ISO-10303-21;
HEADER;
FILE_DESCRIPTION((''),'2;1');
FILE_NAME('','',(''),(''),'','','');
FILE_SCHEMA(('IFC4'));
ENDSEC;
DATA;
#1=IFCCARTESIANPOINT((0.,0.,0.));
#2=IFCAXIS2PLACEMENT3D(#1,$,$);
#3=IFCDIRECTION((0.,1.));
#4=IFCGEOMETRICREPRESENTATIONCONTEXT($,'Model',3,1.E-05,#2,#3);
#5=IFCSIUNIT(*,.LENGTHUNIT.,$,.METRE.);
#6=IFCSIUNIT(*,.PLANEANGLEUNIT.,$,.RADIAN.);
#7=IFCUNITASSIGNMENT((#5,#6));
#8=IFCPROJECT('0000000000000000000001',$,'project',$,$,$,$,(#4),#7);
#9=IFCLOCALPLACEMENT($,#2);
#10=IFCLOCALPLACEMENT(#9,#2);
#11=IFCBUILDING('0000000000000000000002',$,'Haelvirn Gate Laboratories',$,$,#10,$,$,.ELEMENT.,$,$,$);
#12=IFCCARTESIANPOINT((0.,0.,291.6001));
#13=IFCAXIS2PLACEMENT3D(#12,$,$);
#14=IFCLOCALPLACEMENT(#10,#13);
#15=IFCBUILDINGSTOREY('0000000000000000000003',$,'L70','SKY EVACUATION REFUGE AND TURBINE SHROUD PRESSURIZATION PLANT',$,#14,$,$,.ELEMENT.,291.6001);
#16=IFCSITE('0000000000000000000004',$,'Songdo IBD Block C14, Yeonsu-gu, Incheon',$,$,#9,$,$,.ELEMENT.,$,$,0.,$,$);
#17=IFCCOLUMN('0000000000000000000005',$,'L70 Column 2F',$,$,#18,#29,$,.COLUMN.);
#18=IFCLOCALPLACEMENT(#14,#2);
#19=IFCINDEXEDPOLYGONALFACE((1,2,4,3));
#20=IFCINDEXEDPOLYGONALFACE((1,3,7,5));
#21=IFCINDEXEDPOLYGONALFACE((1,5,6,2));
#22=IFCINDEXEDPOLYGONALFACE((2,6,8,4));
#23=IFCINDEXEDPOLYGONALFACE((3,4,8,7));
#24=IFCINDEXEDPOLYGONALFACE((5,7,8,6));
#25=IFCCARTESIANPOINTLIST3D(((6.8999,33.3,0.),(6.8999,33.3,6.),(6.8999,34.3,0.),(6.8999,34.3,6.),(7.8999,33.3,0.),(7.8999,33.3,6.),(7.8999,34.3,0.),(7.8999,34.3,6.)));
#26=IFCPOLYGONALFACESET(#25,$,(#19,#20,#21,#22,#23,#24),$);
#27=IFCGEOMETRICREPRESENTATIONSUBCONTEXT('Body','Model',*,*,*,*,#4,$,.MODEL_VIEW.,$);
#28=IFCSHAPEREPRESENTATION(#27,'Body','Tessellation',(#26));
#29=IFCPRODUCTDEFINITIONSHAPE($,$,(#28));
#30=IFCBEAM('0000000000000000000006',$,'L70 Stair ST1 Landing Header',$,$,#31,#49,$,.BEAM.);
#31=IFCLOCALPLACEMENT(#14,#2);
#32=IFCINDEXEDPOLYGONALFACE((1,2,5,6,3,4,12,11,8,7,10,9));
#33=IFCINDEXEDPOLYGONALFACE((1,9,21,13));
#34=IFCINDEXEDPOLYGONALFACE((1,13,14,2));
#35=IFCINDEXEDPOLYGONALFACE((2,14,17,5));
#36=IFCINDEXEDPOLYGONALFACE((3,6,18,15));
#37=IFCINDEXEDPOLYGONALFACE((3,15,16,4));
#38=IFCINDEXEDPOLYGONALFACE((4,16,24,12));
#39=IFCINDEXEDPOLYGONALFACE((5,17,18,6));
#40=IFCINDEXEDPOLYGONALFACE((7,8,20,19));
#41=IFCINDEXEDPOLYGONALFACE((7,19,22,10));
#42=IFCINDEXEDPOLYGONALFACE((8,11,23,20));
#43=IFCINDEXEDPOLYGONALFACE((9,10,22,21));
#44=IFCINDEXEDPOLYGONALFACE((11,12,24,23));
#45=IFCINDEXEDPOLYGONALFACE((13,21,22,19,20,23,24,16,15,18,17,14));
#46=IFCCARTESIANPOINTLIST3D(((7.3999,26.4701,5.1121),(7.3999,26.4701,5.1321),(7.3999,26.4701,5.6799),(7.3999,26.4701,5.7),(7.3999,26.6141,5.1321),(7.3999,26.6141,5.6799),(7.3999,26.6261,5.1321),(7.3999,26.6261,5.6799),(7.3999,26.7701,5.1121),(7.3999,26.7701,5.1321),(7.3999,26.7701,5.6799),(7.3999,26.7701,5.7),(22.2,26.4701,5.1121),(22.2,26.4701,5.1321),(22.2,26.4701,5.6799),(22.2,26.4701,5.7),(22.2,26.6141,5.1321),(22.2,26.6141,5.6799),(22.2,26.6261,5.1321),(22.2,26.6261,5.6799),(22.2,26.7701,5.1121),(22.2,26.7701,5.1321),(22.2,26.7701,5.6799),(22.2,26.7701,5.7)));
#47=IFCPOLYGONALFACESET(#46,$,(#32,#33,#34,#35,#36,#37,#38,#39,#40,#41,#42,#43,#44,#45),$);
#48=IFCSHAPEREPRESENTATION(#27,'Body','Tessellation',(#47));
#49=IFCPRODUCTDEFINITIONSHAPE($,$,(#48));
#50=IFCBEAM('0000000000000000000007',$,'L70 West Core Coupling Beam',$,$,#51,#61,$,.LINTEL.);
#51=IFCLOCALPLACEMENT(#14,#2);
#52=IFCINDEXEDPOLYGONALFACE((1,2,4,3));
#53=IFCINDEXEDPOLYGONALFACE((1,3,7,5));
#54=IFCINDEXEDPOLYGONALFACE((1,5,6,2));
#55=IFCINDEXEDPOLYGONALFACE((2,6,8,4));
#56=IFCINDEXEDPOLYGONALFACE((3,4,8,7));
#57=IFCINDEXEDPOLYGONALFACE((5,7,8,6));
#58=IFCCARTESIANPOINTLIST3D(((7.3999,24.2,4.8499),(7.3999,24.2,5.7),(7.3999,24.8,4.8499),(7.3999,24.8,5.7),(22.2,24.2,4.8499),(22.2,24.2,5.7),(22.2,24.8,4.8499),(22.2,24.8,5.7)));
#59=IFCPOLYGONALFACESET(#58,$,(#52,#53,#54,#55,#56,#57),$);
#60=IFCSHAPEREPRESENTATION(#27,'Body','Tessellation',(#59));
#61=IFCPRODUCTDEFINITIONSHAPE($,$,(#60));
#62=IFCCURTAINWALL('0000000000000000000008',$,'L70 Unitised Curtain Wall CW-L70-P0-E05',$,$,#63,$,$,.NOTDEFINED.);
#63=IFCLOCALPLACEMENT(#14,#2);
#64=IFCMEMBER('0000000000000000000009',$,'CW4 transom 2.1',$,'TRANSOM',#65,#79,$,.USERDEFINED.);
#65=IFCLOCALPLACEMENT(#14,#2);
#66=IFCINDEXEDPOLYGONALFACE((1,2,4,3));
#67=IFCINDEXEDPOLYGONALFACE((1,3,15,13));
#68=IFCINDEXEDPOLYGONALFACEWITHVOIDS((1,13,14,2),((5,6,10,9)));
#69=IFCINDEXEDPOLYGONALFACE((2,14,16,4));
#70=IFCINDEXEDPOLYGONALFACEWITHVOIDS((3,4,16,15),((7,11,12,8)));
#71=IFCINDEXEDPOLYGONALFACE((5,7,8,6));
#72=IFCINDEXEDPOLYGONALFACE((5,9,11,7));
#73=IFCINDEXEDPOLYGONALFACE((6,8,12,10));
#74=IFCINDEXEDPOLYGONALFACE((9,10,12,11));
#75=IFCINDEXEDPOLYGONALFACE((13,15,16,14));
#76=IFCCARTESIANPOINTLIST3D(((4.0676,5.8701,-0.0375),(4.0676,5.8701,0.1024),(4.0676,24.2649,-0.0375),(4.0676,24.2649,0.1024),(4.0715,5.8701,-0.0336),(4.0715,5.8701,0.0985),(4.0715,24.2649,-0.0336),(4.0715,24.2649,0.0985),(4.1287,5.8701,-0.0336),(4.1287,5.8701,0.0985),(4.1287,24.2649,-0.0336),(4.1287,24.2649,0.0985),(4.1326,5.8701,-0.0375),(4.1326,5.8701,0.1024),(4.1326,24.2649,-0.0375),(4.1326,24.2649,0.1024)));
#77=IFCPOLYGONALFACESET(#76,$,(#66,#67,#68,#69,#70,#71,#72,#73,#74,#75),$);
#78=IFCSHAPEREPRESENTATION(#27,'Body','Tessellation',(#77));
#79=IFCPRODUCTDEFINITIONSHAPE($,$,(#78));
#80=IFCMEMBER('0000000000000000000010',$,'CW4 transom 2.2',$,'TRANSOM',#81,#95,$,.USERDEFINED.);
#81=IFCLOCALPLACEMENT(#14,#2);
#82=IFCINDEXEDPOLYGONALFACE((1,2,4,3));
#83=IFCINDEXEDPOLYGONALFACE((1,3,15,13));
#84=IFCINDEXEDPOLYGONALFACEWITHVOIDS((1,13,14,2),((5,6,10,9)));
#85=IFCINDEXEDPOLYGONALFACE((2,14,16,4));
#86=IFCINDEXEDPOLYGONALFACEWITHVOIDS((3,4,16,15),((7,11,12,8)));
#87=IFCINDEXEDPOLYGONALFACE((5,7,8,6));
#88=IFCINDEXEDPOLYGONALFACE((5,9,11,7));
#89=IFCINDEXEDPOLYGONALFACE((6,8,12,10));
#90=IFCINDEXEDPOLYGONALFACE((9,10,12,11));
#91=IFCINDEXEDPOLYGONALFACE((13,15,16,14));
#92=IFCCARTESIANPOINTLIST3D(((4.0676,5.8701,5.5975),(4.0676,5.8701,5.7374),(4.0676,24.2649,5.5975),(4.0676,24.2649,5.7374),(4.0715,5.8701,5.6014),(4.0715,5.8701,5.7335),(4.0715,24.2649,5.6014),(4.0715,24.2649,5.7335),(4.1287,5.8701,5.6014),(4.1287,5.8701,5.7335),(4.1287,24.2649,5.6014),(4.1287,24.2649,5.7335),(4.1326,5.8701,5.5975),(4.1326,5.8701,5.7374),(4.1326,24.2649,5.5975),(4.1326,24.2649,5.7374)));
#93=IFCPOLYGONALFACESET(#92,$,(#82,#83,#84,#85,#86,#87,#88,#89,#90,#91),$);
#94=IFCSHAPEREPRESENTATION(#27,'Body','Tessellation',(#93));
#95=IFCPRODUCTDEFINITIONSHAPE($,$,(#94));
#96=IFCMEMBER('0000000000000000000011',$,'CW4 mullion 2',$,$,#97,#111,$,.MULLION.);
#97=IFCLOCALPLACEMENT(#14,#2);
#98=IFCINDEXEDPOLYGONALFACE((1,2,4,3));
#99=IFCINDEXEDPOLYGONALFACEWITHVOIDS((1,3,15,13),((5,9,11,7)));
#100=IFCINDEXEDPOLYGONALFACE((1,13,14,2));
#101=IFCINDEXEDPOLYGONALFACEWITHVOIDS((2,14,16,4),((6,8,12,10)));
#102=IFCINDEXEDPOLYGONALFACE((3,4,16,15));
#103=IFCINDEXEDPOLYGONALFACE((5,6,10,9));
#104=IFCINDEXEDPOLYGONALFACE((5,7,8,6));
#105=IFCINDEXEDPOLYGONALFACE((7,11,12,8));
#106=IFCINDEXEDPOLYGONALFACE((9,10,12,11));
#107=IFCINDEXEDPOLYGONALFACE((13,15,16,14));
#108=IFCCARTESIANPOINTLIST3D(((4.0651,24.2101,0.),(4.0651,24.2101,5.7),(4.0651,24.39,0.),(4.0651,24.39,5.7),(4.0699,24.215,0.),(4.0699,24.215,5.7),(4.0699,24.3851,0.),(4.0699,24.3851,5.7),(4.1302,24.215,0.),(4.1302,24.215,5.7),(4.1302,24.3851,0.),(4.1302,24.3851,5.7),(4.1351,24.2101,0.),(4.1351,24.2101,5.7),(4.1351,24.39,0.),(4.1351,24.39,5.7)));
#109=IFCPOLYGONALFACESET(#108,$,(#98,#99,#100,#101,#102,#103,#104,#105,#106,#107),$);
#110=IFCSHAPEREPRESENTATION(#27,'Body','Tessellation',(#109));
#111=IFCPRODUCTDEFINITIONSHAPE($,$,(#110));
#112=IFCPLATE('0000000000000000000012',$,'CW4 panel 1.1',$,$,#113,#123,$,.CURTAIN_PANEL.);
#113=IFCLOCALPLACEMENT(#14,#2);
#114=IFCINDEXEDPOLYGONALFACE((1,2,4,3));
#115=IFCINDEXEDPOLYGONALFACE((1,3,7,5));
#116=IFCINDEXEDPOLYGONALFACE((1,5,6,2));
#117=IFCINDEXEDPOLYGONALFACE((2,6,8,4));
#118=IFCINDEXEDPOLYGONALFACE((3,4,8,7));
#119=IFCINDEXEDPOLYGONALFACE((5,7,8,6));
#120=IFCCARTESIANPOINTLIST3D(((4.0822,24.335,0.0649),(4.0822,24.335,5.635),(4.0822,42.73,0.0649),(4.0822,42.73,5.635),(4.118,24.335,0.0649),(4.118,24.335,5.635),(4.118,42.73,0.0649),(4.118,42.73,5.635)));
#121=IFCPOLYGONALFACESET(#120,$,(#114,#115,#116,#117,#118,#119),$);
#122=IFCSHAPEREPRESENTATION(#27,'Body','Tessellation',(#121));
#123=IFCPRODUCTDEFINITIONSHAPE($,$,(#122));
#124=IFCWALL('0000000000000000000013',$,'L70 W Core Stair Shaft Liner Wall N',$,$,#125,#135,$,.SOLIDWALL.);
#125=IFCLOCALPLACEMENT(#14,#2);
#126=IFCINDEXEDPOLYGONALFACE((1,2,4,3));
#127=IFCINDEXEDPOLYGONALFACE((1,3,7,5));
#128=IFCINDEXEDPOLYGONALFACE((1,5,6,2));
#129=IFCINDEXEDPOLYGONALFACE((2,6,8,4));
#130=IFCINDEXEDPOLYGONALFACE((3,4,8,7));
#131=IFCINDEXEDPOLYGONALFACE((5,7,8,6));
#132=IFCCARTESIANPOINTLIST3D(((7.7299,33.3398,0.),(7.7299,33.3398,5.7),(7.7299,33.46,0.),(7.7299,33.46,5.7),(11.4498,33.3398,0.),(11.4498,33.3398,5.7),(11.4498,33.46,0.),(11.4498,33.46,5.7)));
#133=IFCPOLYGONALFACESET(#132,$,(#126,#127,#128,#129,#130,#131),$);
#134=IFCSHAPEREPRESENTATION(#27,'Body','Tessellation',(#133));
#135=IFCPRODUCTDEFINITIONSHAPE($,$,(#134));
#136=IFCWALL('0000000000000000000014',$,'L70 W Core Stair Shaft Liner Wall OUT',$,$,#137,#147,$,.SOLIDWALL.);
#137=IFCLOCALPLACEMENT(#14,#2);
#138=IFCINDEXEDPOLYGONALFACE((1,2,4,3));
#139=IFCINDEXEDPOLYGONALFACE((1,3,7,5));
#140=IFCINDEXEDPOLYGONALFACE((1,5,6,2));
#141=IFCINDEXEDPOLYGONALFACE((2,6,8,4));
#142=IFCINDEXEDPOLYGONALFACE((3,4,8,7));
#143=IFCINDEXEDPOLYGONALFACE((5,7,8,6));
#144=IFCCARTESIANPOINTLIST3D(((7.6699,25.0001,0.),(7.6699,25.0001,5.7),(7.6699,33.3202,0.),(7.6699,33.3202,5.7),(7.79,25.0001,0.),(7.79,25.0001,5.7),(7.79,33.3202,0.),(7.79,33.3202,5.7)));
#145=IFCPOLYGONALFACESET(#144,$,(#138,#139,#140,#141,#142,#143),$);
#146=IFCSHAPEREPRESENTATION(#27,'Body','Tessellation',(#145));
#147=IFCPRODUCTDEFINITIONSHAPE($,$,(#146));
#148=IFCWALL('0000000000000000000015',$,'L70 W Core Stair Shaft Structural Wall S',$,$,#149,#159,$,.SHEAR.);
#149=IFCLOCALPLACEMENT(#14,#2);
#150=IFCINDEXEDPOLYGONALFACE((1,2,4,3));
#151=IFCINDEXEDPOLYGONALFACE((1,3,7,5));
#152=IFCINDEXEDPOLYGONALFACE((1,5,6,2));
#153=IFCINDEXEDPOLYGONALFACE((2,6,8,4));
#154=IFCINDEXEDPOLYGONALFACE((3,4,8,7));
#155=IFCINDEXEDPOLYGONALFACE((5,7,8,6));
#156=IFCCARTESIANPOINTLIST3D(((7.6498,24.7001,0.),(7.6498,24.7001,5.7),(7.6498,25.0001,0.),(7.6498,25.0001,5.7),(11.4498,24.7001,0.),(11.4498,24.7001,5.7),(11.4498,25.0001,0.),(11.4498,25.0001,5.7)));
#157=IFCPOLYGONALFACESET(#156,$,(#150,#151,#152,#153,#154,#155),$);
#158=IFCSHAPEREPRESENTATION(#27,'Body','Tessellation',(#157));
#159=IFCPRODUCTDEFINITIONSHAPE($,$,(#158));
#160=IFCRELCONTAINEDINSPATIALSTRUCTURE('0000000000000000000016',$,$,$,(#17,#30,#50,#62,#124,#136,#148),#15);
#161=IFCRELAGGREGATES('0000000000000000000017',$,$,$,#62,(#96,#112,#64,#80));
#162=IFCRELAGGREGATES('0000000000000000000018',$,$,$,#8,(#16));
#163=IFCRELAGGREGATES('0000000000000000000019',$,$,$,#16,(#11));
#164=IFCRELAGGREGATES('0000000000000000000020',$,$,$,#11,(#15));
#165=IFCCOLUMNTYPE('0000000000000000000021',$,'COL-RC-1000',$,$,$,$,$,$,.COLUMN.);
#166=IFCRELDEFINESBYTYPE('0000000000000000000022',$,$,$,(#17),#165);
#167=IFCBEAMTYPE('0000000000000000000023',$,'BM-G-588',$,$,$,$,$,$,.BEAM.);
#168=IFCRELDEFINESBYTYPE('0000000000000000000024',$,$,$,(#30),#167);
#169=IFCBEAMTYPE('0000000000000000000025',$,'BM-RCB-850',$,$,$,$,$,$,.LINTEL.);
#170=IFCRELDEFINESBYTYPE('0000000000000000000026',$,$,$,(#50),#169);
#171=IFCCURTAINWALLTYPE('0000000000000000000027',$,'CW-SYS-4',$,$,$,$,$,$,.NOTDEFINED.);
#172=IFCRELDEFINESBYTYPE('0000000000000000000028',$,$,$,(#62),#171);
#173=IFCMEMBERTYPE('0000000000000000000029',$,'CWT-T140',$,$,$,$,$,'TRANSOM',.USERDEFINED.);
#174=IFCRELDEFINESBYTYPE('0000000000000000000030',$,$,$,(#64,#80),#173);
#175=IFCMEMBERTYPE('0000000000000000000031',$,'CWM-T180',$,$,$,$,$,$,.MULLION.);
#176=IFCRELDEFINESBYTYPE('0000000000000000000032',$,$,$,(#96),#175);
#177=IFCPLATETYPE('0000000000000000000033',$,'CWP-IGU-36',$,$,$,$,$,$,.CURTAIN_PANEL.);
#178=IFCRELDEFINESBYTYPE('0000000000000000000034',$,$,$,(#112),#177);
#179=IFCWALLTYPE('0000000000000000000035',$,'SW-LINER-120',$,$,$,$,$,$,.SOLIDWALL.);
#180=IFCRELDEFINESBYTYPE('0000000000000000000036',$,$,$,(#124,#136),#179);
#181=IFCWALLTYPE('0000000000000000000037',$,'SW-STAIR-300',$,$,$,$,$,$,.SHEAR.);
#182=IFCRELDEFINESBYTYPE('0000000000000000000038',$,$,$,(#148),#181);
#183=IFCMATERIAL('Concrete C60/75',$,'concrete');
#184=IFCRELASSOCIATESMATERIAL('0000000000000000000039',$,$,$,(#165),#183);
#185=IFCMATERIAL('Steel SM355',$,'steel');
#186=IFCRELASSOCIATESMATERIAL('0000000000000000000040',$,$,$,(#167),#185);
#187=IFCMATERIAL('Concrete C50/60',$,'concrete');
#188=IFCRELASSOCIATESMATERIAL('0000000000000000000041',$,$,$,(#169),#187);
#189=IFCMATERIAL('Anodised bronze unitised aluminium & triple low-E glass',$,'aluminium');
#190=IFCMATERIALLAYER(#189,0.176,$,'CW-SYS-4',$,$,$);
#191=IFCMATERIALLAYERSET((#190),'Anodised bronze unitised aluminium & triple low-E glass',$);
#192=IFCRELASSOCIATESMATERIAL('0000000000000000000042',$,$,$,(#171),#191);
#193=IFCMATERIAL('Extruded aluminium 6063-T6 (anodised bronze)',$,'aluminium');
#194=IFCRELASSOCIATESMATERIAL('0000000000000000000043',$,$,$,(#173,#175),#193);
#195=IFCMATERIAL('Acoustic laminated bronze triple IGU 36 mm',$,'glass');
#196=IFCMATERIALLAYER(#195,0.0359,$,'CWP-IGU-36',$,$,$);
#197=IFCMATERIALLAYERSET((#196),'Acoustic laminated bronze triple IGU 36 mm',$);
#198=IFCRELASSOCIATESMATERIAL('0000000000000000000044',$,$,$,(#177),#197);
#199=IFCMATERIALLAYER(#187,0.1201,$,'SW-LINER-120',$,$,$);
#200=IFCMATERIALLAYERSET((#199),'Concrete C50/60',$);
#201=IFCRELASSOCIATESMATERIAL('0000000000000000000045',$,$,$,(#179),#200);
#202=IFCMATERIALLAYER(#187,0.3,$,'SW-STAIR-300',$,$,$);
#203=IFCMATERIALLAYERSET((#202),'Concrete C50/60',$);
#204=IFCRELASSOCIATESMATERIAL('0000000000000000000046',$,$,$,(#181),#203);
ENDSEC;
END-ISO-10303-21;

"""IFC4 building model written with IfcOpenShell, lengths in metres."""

from ifc_helpers import new_model, si_unit, direction, frame, frame_2d, origin, origin_2d, place, context, subcontext, project, spatial, rectangle, hollow_rectangle, i_section, extrude, source, transform, mapped, material, layer, layer_set, material_profile, profile_set, type_object, type_shapes, element, aggregate, save


model = new_model("IFC4")

# Units and contexts
model_context = context("Model", 3, precision=1e-05, world=origin(), true_north=direction((0.0, 1.0)))
body_context = subcontext(model_context, "Body", "Model", "MODEL_VIEW")
ifc_project = project(units=[si_unit("LENGTHUNIT", "METRE"), si_unit("PLANEANGLEUNIT", "RADIAN")], contexts=[model_context])

# Site, building, storey
site_placement = place(None, origin())
site = spatial("IfcSite", under=ifc_project, at=site_placement, Name="Songdo IBD Block C14, Yeonsu-gu, Incheon", CompositionType="ELEMENT", RefElevation=0.0)
building_placement = place(site_placement, origin())
building = spatial("IfcBuilding", under=site, at=building_placement, Name="Haelvirn Gate Laboratories", CompositionType="ELEMENT")
storey_placement = place(building_placement, frame((0.0, 0.0, 291.6001)))
storey = spatial("IfcBuildingStorey", under=building, at=storey_placement, Name="L70", Description="SKY EVACUATION REFUGE AND TURBINE SHROUD PRESSURIZATION PLANT", CompositionType="ELEMENT", Elevation=291.6001)

# Column
ifc_material_1 = material(Name="Concrete C60/75", Category="concrete")
ifc_material_profile_1 = material_profile(ifc_material_1, rectangle(XDim=1.0, YDim=1.0, at=origin_2d()), Name="RC-1000x1000")
ifc_profile_set_1 = profile_set([ifc_material_profile_1], Name="Concrete C60/75")
column_type = type_object("IfcColumnType", Name="COL-RC-1000", PredefinedType="COLUMN", material=ifc_profile_set_1)
shared_shape_1 = source(origin(), body_context, "Body", "SweptSolid", [
    extrude(rectangle(XDim=1.0, YDim=1.0, at=origin_2d()), origin(), (0.0, 0.0, 1.0), 6.0),
])
type_shapes(column_type, [shared_shape_1])
column_placement = place(storey_placement, frame((7.3999, 33.8, 0.0), z_axis=(0.0, 0.0, 1.0), x_axis=(1.0, 0.0, 0.0)))
element("IfcColumn", 1, at=column_placement, inside=storey, type_object=column_type, Name="L70 Column 2F", PredefinedType="COLUMN", context=body_context, shape_type="MappedRepresentation", body=[
    mapped(shared_shape_1, transform((0.0, 0.0, 0.0), scale=1.0)),
])

# Beams
ifc_material_2 = material(Name="Steel SM355", Category="steel")
ifc_material_profile_2 = material_profile(ifc_material_2, i_section(OverallWidth=0.3, OverallDepth=0.5879, WebThickness=0.012, FlangeThickness=0.02, at=origin_2d()), Name="H-588x300x12x20")
ifc_profile_set_2 = profile_set([ifc_material_profile_2], Name="Steel SM355")
beam_type_1 = type_object("IfcBeamType", Name="BM-G-588", PredefinedType="BEAM", material=ifc_profile_set_2)
shared_shape_2 = source(origin(), body_context, "Body", "SweptSolid", [
    extrude(i_section(OverallWidth=0.3, OverallDepth=0.5879, WebThickness=0.012, FlangeThickness=0.02, at=origin_2d()), origin(), (0.0, 0.0, 1.0), 14.8),
])
type_shapes(beam_type_1, [shared_shape_2])
beam_1_placement = place(storey_placement, frame((7.3999, 26.6201, 5.406), z_axis=(1.0, 0.0, 0.0), x_axis=(0.0, 1.0, 0.0)))
element("IfcBeam", 2, at=beam_1_placement, inside=storey, type_object=beam_type_1, Name="L70 Stair ST1 Landing Header", PredefinedType="BEAM", context=body_context, shape_type="MappedRepresentation", body=[
    mapped(shared_shape_2, transform((0.0, 0.0, 0.0), scale=1.0)),
])
ifc_material_3 = material(Name="Concrete C50/60", Category="concrete")
ifc_material_profile_3 = material_profile(ifc_material_3, rectangle(XDim=0.6001, YDim=0.8501, at=origin_2d()), Name="RCB-600x850")
ifc_profile_set_3 = profile_set([ifc_material_profile_3], Name="Concrete C50/60")
beam_type_2 = type_object("IfcBeamType", Name="BM-RCB-850", PredefinedType="LINTEL", material=ifc_profile_set_3)
shared_shape_3 = source(origin(), body_context, "Body", "SweptSolid", [
    extrude(rectangle(XDim=0.6001, YDim=0.8501, at=origin_2d()), origin(), (0.0, 0.0, 1.0), 14.8),
])
type_shapes(beam_type_2, [shared_shape_3])
beam_2_placement = place(storey_placement, frame((7.3999, 24.5, 5.2749), z_axis=(1.0, 0.0, 0.0), x_axis=(0.0, 1.0, 0.0)))
element("IfcBeam", 3, at=beam_2_placement, inside=storey, type_object=beam_type_2, Name="L70 West Core Coupling Beam", PredefinedType="LINTEL", context=body_context, shape_type="MappedRepresentation", body=[
    mapped(shared_shape_3, transform((0.0, 0.0, 0.0), scale=1.0)),
])

# Curtain wall, members, plate
ifc_material_4 = material(Name="Anodised bronze unitised aluminium & triple low-E glass", Category="aluminium")
ifc_layer_1 = layer(ifc_material_4, 0.176, Name="CW-SYS-4")
ifc_layer_set_1 = layer_set([ifc_layer_1], Name="Anodised bronze unitised aluminium & triple low-E glass")
curtain_wall_type = type_object("IfcCurtainWallType", Name="CW-SYS-4", PredefinedType="NOTDEFINED", material=ifc_layer_set_1)
curtain_wall_placement = place(storey_placement, origin())
curtain_wall = element("IfcCurtainWall", 4, at=curtain_wall_placement, inside=storey, type_object=curtain_wall_type, Name="L70 Unitised Curtain Wall CW-L70-P0-E05", PredefinedType="NOTDEFINED")
ifc_material_5 = material(Name="Extruded aluminium 6063-T6 (anodised bronze)", Category="aluminium")
ifc_material_profile_4 = material_profile(ifc_material_5, hollow_rectangle(XDim=0.0649, YDim=0.1399, WallThickness=0.0039, at=origin_2d()), Name="CWT-140x65x4")
ifc_profile_set_4 = profile_set([ifc_material_profile_4], Name="Extruded aluminium 6063-T6 (anodised bronze)")
member_type_1 = type_object("IfcMemberType", Name="CWT-T140", ElementType="TRANSOM", PredefinedType="USERDEFINED", material=ifc_profile_set_4)
shared_shape_4 = source(origin(), body_context, "Body", "SweptSolid", [
    extrude(hollow_rectangle(XDim=0.0649, YDim=0.1399, WallThickness=0.0039, at=origin_2d()), origin(), (0.0, 0.0, 1.0), 18.3948),
])
type_shapes(member_type_1, [shared_shape_4])
member_1_placement = place(storey_placement, frame((4.1001, 24.2649, 0.0325), z_axis=(0.0, -1.0, 0.0), x_axis=(1.0, 0.0, 0.0)))
member_1 = element("IfcMember", 5, at=member_1_placement, type_object=member_type_1, Name="CW4 transom 2.1", ObjectType="TRANSOM", PredefinedType="USERDEFINED", context=body_context, shape_type="MappedRepresentation", body=[
    mapped(shared_shape_4, transform((0.0, 0.0, 0.0), scale=1.0)),
])
member_2_placement = place(storey_placement, frame((4.1001, 24.2649, 5.6675), z_axis=(0.0, -1.0, 0.0), x_axis=(1.0, 0.0, 0.0)))
member_2 = element("IfcMember", 6, at=member_2_placement, type_object=member_type_1, Name="CW4 transom 2.2", ObjectType="TRANSOM", PredefinedType="USERDEFINED", context=body_context, shape_type="MappedRepresentation", body=[
    mapped(shared_shape_4, transform((0.0, 0.0, 0.0), scale=1.0)),
])
ifc_material_profile_5 = material_profile(ifc_material_5, hollow_rectangle(XDim=0.0701, YDim=0.1799, WallThickness=0.0049, at=origin_2d()), Name="CWM-180x70x5")
ifc_profile_set_5 = profile_set([ifc_material_profile_5], Name="Extruded aluminium 6063-T6 (anodised bronze)")
member_type_2 = type_object("IfcMemberType", Name="CWM-T180", PredefinedType="MULLION", material=ifc_profile_set_5)
shared_shape_5 = source(origin(), body_context, "Body", "SweptSolid", [
    extrude(hollow_rectangle(XDim=0.0701, YDim=0.1799, WallThickness=0.0049, at=origin_2d()), origin(), (0.0, 0.0, 1.0), 5.7),
])
type_shapes(member_type_2, [shared_shape_5])
member_3_placement = place(storey_placement, frame((4.1001, 24.3, 0.0), z_axis=(0.0, 0.0, 1.0), x_axis=(1.0, 0.0, 0.0)))
member_3 = element("IfcMember", 7, at=member_3_placement, type_object=member_type_2, Name="CW4 mullion 2", PredefinedType="MULLION", context=body_context, shape_type="MappedRepresentation", body=[
    mapped(shared_shape_5, transform((0.0, 0.0, 0.0), scale=1.0)),
])
ifc_material_6 = material(Name="Acoustic laminated bronze triple IGU 36 mm", Category="glass")
ifc_layer_2 = layer(ifc_material_6, 0.0359, Name="CWP-IGU-36")
ifc_layer_set_2 = layer_set([ifc_layer_2], Name="Acoustic laminated bronze triple IGU 36 mm")
plate_type = type_object("IfcPlateType", Name="CWP-IGU-36", PredefinedType="CURTAIN_PANEL", material=ifc_layer_set_2)
shared_shape_6 = source(origin(), body_context, "Body", "SweptSolid", [
    extrude(rectangle(XDim=18.395, YDim=0.0359, at=origin_2d()), origin(), (0.0, 0.0, 1.0), 5.5701),
])
type_shapes(plate_type, [shared_shape_6])
plate_placement = place(storey_placement, frame((4.1001, 33.5325, 0.0649), z_axis=(0.0, 0.0, 1.0), x_axis=(0.0, -1.0, 0.0)))
plate = element("IfcPlate", 8, at=plate_placement, type_object=plate_type, Name="CW4 panel 1.1", PredefinedType="CURTAIN_PANEL", context=body_context, shape_type="MappedRepresentation", body=[
    mapped(shared_shape_6, transform((0.0, 0.0, 0.0), scale=1.0)),
])
aggregate(curtain_wall, [member_3, plate, member_1, member_2])

# Walls
ifc_layer_3 = layer(ifc_material_3, 0.1201, Name="SW-LINER-120")
ifc_layer_set_3 = layer_set([ifc_layer_3], Name="Concrete C50/60")
wall_type_1 = type_object("IfcWallType", Name="SW-LINER-120", PredefinedType="SOLIDWALL", material=ifc_layer_set_3)
wall_1_placement = place(storey_placement, frame((7.73, 33.3999, 0.0), z_axis=(0.0, 0.0, 1.0), x_axis=(1.0, 0.0, 0.0)))
element("IfcWall", 9, at=wall_1_placement, inside=storey, type_object=wall_type_1, Name="L70 W Core Stair Shaft Liner Wall N", PredefinedType="SOLIDWALL", context=body_context, shape_type="SweptSolid", body=[
    extrude(rectangle(XDim=3.72, YDim=0.1201, at=frame_2d((1.8599, 0.0))), origin(), (0.0, 0.0, 1.0), 5.7),
])
wall_2_placement = place(storey_placement, frame((7.73, 25.0, 0.0), z_axis=(0.0, 0.0, 1.0), x_axis=(0.0, 1.0, 0.0)))
element("IfcWall", 10, at=wall_2_placement, inside=storey, type_object=wall_type_1, Name="L70 W Core Stair Shaft Liner Wall OUT", PredefinedType="SOLIDWALL", context=body_context, shape_type="SweptSolid", body=[
    extrude(rectangle(XDim=8.3201, YDim=0.1201, at=frame_2d((4.1602, 0.0))), origin(), (0.0, 0.0, 1.0), 5.7),
])
ifc_layer_4 = layer(ifc_material_3, 0.3, Name="SW-STAIR-300")
ifc_layer_set_4 = layer_set([ifc_layer_4], Name="Concrete C50/60")
wall_type_2 = type_object("IfcWallType", Name="SW-STAIR-300", PredefinedType="SHEAR", material=ifc_layer_set_4)
wall_3_placement = place(storey_placement, frame((7.6499, 24.8501, 0.0), z_axis=(0.0, 0.0, 1.0), x_axis=(1.0, 0.0, 0.0)))
element("IfcWall", 11, at=wall_3_placement, inside=storey, type_object=wall_type_2, Name="L70 W Core Stair Shaft Structural Wall S", PredefinedType="SHEAR", context=body_context, shape_type="SweptSolid", body=[
    extrude(rectangle(XDim=3.8, YDim=0.3, at=frame_2d((1.8999, 0.0))), origin(), (0.0, 0.0, 1.0), 5.7),
])

save(model, "model.ifc")
